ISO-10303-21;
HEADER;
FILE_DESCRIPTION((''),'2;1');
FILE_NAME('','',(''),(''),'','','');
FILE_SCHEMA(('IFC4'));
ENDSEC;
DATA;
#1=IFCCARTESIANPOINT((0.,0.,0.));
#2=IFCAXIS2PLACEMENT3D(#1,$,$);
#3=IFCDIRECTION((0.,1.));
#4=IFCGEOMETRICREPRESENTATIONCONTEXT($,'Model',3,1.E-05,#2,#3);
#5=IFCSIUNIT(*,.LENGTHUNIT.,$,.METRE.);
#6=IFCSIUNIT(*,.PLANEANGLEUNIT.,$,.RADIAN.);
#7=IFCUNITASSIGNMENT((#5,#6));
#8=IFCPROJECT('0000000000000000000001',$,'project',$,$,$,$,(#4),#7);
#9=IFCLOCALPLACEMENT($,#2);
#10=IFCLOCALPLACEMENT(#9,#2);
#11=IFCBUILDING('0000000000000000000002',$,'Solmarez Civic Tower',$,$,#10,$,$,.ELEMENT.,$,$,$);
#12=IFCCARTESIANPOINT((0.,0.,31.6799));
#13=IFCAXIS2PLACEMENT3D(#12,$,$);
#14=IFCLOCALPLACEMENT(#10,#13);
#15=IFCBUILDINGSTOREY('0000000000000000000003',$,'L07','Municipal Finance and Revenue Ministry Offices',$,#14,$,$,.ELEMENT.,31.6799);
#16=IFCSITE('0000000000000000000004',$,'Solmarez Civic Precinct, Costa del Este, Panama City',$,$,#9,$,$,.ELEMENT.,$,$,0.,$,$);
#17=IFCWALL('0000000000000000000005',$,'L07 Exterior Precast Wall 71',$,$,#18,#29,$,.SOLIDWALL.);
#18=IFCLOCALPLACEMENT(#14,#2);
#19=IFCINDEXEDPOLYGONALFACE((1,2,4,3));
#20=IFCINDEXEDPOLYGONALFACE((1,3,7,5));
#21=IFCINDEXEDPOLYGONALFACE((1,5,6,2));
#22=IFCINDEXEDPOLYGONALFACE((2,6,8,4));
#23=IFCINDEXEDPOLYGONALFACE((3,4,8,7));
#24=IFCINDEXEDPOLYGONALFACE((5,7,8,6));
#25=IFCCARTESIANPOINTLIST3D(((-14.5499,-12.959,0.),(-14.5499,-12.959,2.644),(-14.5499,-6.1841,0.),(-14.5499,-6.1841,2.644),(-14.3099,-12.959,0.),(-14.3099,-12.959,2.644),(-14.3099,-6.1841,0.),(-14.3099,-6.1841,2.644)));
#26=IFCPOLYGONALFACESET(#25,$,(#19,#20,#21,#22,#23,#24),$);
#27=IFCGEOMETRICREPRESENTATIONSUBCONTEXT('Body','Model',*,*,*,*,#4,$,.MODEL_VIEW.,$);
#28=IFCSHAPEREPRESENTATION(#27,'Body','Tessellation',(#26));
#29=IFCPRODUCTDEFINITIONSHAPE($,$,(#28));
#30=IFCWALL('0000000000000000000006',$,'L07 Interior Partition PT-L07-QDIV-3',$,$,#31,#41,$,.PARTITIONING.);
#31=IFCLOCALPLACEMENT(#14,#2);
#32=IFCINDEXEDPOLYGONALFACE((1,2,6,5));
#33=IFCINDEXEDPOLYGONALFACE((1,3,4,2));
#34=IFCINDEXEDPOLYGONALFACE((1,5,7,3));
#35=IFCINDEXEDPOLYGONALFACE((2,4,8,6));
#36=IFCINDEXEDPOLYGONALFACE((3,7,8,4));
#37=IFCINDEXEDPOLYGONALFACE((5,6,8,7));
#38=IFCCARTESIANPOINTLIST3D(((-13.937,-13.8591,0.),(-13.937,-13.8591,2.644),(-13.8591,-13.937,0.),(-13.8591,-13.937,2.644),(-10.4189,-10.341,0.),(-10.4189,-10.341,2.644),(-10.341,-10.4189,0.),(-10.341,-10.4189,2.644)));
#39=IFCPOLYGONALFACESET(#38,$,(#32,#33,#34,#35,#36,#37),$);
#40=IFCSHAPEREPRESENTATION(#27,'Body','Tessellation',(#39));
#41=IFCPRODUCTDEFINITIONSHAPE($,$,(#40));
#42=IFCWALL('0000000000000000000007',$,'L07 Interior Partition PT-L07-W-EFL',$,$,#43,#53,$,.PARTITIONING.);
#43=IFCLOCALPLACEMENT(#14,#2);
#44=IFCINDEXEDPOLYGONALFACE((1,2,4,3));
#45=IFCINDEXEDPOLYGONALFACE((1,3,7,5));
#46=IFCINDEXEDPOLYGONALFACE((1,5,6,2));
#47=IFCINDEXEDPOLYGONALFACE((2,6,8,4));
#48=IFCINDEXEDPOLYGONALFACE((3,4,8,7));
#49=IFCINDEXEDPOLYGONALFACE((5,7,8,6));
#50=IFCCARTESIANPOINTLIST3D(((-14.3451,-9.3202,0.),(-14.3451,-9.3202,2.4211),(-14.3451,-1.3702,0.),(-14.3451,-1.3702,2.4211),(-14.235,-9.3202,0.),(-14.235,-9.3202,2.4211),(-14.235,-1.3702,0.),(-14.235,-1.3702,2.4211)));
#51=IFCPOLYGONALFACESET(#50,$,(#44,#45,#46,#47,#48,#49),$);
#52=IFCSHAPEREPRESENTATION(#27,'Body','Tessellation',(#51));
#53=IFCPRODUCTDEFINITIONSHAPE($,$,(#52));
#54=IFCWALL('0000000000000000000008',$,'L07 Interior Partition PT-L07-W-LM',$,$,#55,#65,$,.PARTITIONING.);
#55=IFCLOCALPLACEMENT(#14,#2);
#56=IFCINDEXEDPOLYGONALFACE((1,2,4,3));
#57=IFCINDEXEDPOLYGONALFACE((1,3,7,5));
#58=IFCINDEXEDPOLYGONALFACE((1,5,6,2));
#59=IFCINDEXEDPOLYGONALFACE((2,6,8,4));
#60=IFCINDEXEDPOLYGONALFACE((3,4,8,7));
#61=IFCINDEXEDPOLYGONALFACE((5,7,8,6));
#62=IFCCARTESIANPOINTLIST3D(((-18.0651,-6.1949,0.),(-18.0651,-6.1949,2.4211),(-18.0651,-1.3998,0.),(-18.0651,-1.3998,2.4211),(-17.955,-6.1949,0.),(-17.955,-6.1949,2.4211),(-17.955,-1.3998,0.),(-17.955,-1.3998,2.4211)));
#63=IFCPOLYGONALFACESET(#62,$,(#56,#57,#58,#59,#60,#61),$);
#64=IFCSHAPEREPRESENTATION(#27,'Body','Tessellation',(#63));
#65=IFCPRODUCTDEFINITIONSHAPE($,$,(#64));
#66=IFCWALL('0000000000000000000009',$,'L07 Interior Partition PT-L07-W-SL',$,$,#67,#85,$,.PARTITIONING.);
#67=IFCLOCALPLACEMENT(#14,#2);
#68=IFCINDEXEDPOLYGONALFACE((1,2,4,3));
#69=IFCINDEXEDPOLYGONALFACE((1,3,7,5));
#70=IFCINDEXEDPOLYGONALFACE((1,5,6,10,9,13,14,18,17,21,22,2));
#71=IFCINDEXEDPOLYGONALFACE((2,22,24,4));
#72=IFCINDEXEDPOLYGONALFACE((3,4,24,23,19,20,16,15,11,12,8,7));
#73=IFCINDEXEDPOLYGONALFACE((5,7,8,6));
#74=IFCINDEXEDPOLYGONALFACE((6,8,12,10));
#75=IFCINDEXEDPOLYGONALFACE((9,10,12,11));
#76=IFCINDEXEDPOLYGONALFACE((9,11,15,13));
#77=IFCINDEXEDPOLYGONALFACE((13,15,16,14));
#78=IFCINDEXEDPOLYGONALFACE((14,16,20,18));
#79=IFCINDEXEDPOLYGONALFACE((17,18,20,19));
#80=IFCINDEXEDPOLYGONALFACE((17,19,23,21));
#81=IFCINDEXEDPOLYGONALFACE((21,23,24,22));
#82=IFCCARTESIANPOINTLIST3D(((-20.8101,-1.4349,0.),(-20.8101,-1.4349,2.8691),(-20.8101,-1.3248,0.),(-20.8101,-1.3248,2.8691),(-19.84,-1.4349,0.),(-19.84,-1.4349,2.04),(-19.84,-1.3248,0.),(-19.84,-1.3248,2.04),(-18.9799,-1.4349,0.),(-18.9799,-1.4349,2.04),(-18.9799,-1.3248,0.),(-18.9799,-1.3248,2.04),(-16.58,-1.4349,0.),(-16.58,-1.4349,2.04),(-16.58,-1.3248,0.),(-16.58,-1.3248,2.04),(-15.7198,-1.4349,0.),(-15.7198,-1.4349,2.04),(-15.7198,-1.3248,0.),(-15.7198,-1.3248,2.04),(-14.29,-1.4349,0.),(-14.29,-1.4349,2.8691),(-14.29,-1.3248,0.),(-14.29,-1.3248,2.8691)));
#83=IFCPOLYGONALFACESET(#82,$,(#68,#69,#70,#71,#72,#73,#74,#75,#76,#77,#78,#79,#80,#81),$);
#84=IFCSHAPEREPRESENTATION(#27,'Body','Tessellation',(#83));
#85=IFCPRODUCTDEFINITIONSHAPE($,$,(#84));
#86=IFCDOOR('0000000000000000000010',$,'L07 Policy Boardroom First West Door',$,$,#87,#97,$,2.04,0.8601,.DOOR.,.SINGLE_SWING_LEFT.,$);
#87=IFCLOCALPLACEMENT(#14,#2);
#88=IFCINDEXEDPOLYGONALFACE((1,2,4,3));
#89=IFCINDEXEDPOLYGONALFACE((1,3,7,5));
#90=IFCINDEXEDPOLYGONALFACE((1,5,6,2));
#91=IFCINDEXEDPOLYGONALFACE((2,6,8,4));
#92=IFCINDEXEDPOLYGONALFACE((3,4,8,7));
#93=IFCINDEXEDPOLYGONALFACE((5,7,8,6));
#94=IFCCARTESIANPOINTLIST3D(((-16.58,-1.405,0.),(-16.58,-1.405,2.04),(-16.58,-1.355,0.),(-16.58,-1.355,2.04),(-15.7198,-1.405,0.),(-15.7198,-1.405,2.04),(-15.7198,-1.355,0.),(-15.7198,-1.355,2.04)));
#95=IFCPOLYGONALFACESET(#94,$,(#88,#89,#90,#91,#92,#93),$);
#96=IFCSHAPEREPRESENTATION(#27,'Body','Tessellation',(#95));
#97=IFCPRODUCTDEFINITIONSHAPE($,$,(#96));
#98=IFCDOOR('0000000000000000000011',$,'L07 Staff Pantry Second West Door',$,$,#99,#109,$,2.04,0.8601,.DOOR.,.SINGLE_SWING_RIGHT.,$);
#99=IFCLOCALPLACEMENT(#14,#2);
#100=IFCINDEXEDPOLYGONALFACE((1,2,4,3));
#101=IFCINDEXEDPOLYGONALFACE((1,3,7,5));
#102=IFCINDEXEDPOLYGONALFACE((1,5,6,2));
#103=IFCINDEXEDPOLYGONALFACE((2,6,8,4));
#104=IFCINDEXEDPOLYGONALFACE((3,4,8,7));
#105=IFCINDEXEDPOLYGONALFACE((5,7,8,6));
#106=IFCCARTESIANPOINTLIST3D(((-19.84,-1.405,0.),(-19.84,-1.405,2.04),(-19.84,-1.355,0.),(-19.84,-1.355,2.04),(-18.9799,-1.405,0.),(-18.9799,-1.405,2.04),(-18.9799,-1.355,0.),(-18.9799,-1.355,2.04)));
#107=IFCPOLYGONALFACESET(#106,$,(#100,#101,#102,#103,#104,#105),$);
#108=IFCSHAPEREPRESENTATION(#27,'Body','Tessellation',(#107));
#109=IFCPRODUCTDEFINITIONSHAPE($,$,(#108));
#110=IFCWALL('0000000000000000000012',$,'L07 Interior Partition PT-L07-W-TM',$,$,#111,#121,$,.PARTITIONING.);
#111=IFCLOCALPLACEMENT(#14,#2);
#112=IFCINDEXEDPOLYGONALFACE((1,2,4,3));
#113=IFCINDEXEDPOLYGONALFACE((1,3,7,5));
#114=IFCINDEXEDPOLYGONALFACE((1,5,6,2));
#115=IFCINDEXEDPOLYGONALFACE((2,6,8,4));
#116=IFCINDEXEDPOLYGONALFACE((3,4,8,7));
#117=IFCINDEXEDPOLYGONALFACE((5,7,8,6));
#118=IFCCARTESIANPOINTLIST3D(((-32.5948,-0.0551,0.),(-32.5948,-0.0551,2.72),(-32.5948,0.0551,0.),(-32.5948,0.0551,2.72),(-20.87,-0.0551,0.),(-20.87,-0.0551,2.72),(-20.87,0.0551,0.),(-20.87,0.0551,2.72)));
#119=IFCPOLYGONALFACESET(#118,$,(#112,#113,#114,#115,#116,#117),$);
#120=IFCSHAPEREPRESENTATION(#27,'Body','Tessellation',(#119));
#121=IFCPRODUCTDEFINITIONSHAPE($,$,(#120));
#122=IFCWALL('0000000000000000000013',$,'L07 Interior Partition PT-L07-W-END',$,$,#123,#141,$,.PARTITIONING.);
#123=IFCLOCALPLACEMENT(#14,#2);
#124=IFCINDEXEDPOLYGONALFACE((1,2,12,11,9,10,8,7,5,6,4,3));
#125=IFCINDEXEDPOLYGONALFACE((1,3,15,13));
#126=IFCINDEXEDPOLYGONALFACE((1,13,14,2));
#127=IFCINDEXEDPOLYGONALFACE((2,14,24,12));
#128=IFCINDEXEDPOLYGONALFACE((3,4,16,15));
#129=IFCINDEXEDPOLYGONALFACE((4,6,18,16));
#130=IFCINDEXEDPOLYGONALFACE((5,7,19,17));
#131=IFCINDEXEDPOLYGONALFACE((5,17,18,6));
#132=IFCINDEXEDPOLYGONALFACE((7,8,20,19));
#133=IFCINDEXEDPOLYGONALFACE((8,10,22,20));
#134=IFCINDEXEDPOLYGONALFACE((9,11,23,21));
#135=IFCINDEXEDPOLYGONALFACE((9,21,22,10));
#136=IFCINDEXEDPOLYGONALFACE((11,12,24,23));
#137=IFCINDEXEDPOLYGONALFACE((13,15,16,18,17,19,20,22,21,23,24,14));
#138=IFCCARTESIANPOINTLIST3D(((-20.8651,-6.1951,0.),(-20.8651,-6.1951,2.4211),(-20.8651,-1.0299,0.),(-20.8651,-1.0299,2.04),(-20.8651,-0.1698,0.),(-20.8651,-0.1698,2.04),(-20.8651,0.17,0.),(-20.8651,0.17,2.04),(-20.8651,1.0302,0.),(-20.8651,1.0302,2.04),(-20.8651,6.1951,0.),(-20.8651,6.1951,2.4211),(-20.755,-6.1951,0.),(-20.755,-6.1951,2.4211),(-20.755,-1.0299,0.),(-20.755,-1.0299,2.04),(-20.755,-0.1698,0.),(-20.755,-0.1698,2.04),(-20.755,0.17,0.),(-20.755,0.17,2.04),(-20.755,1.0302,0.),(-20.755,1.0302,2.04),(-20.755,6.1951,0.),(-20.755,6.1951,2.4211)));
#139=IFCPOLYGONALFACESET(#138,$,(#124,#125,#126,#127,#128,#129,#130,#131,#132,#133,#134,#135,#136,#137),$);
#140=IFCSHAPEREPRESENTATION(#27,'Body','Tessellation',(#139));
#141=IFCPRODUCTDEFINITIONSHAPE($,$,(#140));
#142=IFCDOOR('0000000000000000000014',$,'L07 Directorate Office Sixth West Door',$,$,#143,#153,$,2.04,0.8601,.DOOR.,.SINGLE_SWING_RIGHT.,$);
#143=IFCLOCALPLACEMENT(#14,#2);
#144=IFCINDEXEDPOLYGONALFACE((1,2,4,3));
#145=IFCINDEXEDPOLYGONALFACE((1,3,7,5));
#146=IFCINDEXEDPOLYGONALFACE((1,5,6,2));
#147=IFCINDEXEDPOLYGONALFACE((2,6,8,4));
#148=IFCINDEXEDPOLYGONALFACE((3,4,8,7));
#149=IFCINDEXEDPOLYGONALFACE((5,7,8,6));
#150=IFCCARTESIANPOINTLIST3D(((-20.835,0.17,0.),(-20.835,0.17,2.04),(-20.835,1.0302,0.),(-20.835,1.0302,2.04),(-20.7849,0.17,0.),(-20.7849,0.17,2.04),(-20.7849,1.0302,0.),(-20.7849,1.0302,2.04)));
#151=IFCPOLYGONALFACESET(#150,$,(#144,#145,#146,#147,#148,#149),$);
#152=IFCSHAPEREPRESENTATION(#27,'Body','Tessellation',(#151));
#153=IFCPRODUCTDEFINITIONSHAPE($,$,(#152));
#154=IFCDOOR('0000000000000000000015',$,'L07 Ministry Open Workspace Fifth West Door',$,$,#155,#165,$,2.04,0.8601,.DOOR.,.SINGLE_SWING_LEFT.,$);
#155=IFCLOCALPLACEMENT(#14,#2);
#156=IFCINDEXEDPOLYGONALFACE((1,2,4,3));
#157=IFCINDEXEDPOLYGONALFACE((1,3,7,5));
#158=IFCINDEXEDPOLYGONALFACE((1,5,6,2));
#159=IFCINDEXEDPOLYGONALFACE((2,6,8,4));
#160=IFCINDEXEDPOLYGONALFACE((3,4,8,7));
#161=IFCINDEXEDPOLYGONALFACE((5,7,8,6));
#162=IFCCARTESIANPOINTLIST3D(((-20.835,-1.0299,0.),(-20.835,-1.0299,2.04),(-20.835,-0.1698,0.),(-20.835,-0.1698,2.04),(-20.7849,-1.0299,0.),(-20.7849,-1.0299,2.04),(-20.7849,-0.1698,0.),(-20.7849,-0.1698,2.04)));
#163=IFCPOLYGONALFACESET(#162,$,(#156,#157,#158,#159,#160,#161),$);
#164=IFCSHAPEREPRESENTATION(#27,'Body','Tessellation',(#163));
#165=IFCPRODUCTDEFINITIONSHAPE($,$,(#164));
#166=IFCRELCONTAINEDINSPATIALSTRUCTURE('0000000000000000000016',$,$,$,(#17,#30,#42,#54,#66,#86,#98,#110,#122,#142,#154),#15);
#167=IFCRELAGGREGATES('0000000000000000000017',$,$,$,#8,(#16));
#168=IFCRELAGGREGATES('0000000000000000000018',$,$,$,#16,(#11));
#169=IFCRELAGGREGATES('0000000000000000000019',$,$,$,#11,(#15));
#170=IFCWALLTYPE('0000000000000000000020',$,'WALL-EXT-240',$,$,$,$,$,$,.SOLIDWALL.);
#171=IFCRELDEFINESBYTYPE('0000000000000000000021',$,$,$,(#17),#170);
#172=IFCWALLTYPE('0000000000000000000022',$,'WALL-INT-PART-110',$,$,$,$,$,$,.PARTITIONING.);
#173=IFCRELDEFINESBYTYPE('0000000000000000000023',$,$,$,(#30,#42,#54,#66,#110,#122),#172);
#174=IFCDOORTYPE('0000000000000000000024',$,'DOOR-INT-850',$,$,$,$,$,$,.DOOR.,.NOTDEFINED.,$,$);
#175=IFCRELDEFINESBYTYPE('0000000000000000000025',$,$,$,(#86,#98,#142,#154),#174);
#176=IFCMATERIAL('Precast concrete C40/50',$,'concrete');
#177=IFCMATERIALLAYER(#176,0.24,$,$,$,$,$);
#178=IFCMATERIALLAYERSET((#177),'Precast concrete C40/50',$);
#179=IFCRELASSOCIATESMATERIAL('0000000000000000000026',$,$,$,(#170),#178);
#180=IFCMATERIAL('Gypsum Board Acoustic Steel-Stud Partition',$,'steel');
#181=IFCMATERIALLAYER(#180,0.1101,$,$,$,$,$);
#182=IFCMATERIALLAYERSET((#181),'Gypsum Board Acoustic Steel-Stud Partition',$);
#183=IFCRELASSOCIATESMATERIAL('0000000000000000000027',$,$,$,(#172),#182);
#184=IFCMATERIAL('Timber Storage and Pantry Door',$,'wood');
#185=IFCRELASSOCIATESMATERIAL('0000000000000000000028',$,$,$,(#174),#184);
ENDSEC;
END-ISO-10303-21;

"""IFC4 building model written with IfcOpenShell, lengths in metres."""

from ifc_helpers import new_model, si_unit, direction, frame, frame_2d, origin, place, context, subcontext, project, spatial, rectangle, extrude, material, layer, layer_set, type_object, element, fill, save


model = new_model("IFC4")

# Units and contexts
model_context = context("Model", 3, precision=1e-05, world=origin(), true_north=direction((0.0, 1.0)))
body_context = subcontext(model_context, "Body", "Model", "MODEL_VIEW")
ifc_project = project(units=[si_unit("LENGTHUNIT", "METRE"), si_unit("PLANEANGLEUNIT", "RADIAN")], contexts=[model_context])

# Site, building, storey
site_placement = place(None, origin())
site = spatial("IfcSite", under=ifc_project, at=site_placement, Name="Solmarez Civic Precinct, Costa del Este, Panama City", CompositionType="ELEMENT", RefElevation=0.0)
building_placement = place(site_placement, origin())
building = spatial("IfcBuilding", under=site, at=building_placement, Name="Solmarez Civic Tower", CompositionType="ELEMENT")
storey_placement = place(building_placement, frame((0.0, 0.0, 31.6799)))
storey = spatial("IfcBuildingStorey", under=building, at=storey_placement, Name="L07", Description="Municipal Finance and Revenue Ministry Offices", CompositionType="ELEMENT", Elevation=31.6799)

# Walls
ifc_material_1 = material(Name="Precast concrete C40/50", Category="concrete")
ifc_layer_1 = layer(ifc_material_1, 0.24)
ifc_layer_set_1 = layer_set([ifc_layer_1], Name="Precast concrete C40/50")
wall_type_1 = type_object("IfcWallType", Name="WALL-EXT-240", PredefinedType="SOLIDWALL", material=ifc_layer_set_1)
wall_1_placement = place(storey_placement, frame((-14.4299, -12.959, 0.0), z_axis=(0.0, 0.0, 1.0), x_axis=(0.0, 1.0, 0.0)))
element("IfcWall", 1, at=wall_1_placement, inside=storey, type_object=wall_type_1, Name="L07 Exterior Precast Wall 71", PredefinedType="SOLIDWALL", context=body_context, shape_type="SweptSolid", body=[
    extrude(rectangle(XDim=6.7749, YDim=0.24, at=frame_2d((3.3875, 0.0))), origin(), (0.0, 0.0, 1.0), 2.644),
])
ifc_material_2 = material(Name="Gypsum Board Acoustic Steel-Stud Partition", Category="steel")
ifc_layer_2 = layer(ifc_material_2, 0.1101)
ifc_layer_set_2 = layer_set([ifc_layer_2], Name="Gypsum Board Acoustic Steel-Stud Partition")
wall_type_2 = type_object("IfcWallType", Name="WALL-INT-PART-110", PredefinedType="PARTITIONING", material=ifc_layer_set_2)
wall_2_placement = place(storey_placement, frame((-10.3799, -10.3799, 0.0), z_axis=(0.0, 0.0, 1.0), x_axis=(-0.707107, -0.707107, 0.0)))
element("IfcWall", 2, at=wall_2_placement, inside=storey, type_object=wall_type_2, Name="L07 Interior Partition PT-L07-QDIV-3", PredefinedType="PARTITIONING", context=body_context, shape_type="SweptSolid", body=[
    extrude(rectangle(XDim=4.9753, YDim=0.1101, at=frame_2d((2.4878, 0.0))), origin(), (0.0, 0.0, 1.0), 2.644),
])
wall_3_placement = place(storey_placement, frame((-14.29, -1.3701, 0.0), z_axis=(0.0, 0.0, 1.0), x_axis=(0.0, -1.0, 0.0)))
element("IfcWall", 3, at=wall_3_placement, inside=storey, type_object=wall_type_2, Name="L07 Interior Partition PT-L07-W-EFL", PredefinedType="PARTITIONING", context=body_context, shape_type="SweptSolid", body=[
    extrude(rectangle(XDim=7.95, YDim=0.1101, at=frame_2d((3.9751, 0.0))), origin(), (0.0, 0.0, 1.0), 2.4211),
])
wall_4_placement = place(storey_placement, frame((-18.01, -1.3999, 0.0), z_axis=(0.0, 0.0, 1.0), x_axis=(0.0, -1.0, 0.0)))
element("IfcWall", 4, at=wall_4_placement, inside=storey, type_object=wall_type_2, Name="L07 Interior Partition PT-L07-W-LM", PredefinedType="PARTITIONING", context=body_context, shape_type="SweptSolid", body=[
    extrude(rectangle(XDim=4.7952, YDim=0.1101, at=frame_2d((2.3975, 0.0))), origin(), (0.0, 0.0, 1.0), 2.4211),
])

# Wall, openings, doors
wall_5_placement = place(storey_placement, frame((-20.8101, -1.3799, 0.0), z_axis=(0.0, 0.0, 1.0), x_axis=(1.0, 0.0, 0.0)))
wall_5 = element("IfcWall", 5, at=wall_5_placement, inside=storey, type_object=wall_type_2, Name="L07 Interior Partition PT-L07-W-SL", PredefinedType="PARTITIONING", context=body_context, shape_type="SweptSolid", body=[
    extrude(rectangle(XDim=6.52, YDim=0.1101, at=frame_2d((3.26, 0.0))), origin(), (0.0, 0.0, 1.0), 2.8691),
])
opening_1_placement = place(wall_5_placement, frame((4.23, 0.0, 0.0)))
opening_1 = element("IfcOpeningElement", 6, at=opening_1_placement, cuts=wall_5, PredefinedType="OPENING", context=body_context, shape_type="SweptSolid", body=[
    extrude(rectangle(XDim=0.8601, YDim=2.04, at=frame_2d((0.4302, 1.02))), frame((0.0, 0.0649, 0.0), z_axis=(0.0, -1.0, 0.0), x_axis=(1.0, 0.0, 0.0)), (0.0, 0.0, 1.0), 0.1301),
])
opening_2_placement = place(wall_5_placement, frame((0.97, 0.0, 0.0)))
opening_2 = element("IfcOpeningElement", 7, at=opening_2_placement, cuts=wall_5, PredefinedType="OPENING", context=body_context, shape_type="SweptSolid", body=[
    extrude(rectangle(XDim=0.8601, YDim=2.04, at=frame_2d((0.4302, 1.02))), frame((0.0, 0.0649, 0.0), z_axis=(0.0, -1.0, 0.0), x_axis=(1.0, 0.0, 0.0)), (0.0, 0.0, 1.0), 0.1301),
])
ifc_material_3 = material(Name="Timber Storage and Pantry Door", Category="wood")
door_type = type_object("IfcDoorType", Name="DOOR-INT-850", OperationType="NOTDEFINED", PredefinedType="DOOR", material=ifc_material_3)
door_1_placement = place(opening_1_placement, origin())
door_1 = element("IfcDoor", 8, at=door_1_placement, inside=storey, type_object=door_type, Name="L07 Policy Boardroom First West Door", OperationType="SINGLE_SWING_LEFT", OverallHeight=2.04, OverallWidth=0.8601, PredefinedType="DOOR", context=body_context, shape_type="SweptSolid", body=[
    extrude(rectangle(XDim=0.8601, YDim=2.04, at=frame_2d((0.4302, 1.02))), frame((0.0, 0.0249, 0.0), z_axis=(0.0, -1.0, 0.0), x_axis=(1.0, 0.0, 0.0)), (0.0, 0.0, 1.0), 0.05),
])
fill(opening_1, door_1)
door_2_placement = place(opening_2_placement, origin())
door_2 = element("IfcDoor", 9, at=door_2_placement, inside=storey, type_object=door_type, Name="L07 Staff Pantry Second West Door", OperationType="SINGLE_SWING_RIGHT", OverallHeight=2.04, OverallWidth=0.8601, PredefinedType="DOOR", context=body_context, shape_type="SweptSolid", body=[
    extrude(rectangle(XDim=0.8601, YDim=2.04, at=frame_2d((0.4302, 1.02))), frame((0.0, 0.0249, 0.0), z_axis=(0.0, -1.0, 0.0), x_axis=(1.0, 0.0, 0.0)), (0.0, 0.0, 1.0), 0.05),
])
fill(opening_2, door_2)

# Wall
wall_6_placement = place(storey_placement, frame((-20.8701, 0.0, 0.0), z_axis=(0.0, 0.0, 1.0), x_axis=(-1.0, 0.0, 0.0)))
element("IfcWall", 10, at=wall_6_placement, inside=storey, type_object=wall_type_2, Name="L07 Interior Partition PT-L07-W-TM", PredefinedType="PARTITIONING", context=body_context, shape_type="SweptSolid", body=[
    extrude(rectangle(XDim=11.7249, YDim=0.1101, at=frame_2d((5.8623, 0.0))), origin(), (0.0, 0.0, 1.0), 2.72),
])

# Wall, openings, doors
wall_7_placement = place(storey_placement, frame((-20.8101, -6.1951, 0.0), z_axis=(0.0, 0.0, 1.0), x_axis=(0.0, 1.0, 0.0)))
wall_7 = element("IfcWall", 11, at=wall_7_placement, inside=storey, type_object=wall_type_2, Name="L07 Interior Partition PT-L07-W-END", PredefinedType="PARTITIONING", context=body_context, shape_type="SweptSolid", body=[
    extrude(rectangle(XDim=12.3901, YDim=0.1101, at=frame_2d((6.1951, 0.0))), origin(), (0.0, 0.0, 1.0), 2.4211),
])
opening_3_placement = place(wall_7_placement, frame((6.365, 0.0, 0.0)))
opening_3 = element("IfcOpeningElement", 12, at=opening_3_placement, cuts=wall_7, PredefinedType="OPENING", context=body_context, shape_type="SweptSolid", body=[
    extrude(rectangle(XDim=0.8601, YDim=2.04, at=frame_2d((0.4302, 1.02))), frame((0.0, 0.0649, 0.0), z_axis=(0.0, -1.0, 0.0), x_axis=(1.0, 0.0, 0.0)), (0.0, 0.0, 1.0), 0.1301),
])
opening_4_placement = place(wall_7_placement, frame((5.165, 0.0, 0.0)))
opening_4 = element("IfcOpeningElement", 13, at=opening_4_placement, cuts=wall_7, PredefinedType="OPENING", context=body_context, shape_type="SweptSolid", body=[
    extrude(rectangle(XDim=0.8601, YDim=2.04, at=frame_2d((0.4302, 1.02))), frame((0.0, 0.0649, 0.0), z_axis=(0.0, -1.0, 0.0), x_axis=(1.0, 0.0, 0.0)), (0.0, 0.0, 1.0), 0.1301),
])
door_3_placement = place(opening_3_placement, origin())
door_3 = element("IfcDoor", 14, at=door_3_placement, inside=storey, type_object=door_type, Name="L07 Directorate Office Sixth West Door", OperationType="SINGLE_SWING_RIGHT", OverallHeight=2.04, OverallWidth=0.8601, PredefinedType="DOOR", context=body_context, shape_type="SweptSolid", body=[
    extrude(rectangle(XDim=0.8601, YDim=2.04, at=frame_2d((0.4302, 1.02))), frame((0.0, 0.0249, 0.0), z_axis=(0.0, -1.0, 0.0), x_axis=(1.0, 0.0, 0.0)), (0.0, 0.0, 1.0), 0.05),
])
fill(opening_3, door_3)
door_4_placement = place(opening_4_placement, origin())
door_4 = element("IfcDoor", 15, at=door_4_placement, inside=storey, type_object=door_type, Name="L07 Ministry Open Workspace Fifth West Door", OperationType="SINGLE_SWING_LEFT", OverallHeight=2.04, OverallWidth=0.8601, PredefinedType="DOOR", context=body_context, shape_type="SweptSolid", body=[
    extrude(rectangle(XDim=0.8601, YDim=2.04, at=frame_2d((0.4302, 1.02))), frame((0.0, 0.0249, 0.0), z_axis=(0.0, -1.0, 0.0), x_axis=(1.0, 0.0, 0.0)), (0.0, 0.0, 1.0), 0.05),
])
fill(opening_4, door_4)

save(model, "model.ifc")
